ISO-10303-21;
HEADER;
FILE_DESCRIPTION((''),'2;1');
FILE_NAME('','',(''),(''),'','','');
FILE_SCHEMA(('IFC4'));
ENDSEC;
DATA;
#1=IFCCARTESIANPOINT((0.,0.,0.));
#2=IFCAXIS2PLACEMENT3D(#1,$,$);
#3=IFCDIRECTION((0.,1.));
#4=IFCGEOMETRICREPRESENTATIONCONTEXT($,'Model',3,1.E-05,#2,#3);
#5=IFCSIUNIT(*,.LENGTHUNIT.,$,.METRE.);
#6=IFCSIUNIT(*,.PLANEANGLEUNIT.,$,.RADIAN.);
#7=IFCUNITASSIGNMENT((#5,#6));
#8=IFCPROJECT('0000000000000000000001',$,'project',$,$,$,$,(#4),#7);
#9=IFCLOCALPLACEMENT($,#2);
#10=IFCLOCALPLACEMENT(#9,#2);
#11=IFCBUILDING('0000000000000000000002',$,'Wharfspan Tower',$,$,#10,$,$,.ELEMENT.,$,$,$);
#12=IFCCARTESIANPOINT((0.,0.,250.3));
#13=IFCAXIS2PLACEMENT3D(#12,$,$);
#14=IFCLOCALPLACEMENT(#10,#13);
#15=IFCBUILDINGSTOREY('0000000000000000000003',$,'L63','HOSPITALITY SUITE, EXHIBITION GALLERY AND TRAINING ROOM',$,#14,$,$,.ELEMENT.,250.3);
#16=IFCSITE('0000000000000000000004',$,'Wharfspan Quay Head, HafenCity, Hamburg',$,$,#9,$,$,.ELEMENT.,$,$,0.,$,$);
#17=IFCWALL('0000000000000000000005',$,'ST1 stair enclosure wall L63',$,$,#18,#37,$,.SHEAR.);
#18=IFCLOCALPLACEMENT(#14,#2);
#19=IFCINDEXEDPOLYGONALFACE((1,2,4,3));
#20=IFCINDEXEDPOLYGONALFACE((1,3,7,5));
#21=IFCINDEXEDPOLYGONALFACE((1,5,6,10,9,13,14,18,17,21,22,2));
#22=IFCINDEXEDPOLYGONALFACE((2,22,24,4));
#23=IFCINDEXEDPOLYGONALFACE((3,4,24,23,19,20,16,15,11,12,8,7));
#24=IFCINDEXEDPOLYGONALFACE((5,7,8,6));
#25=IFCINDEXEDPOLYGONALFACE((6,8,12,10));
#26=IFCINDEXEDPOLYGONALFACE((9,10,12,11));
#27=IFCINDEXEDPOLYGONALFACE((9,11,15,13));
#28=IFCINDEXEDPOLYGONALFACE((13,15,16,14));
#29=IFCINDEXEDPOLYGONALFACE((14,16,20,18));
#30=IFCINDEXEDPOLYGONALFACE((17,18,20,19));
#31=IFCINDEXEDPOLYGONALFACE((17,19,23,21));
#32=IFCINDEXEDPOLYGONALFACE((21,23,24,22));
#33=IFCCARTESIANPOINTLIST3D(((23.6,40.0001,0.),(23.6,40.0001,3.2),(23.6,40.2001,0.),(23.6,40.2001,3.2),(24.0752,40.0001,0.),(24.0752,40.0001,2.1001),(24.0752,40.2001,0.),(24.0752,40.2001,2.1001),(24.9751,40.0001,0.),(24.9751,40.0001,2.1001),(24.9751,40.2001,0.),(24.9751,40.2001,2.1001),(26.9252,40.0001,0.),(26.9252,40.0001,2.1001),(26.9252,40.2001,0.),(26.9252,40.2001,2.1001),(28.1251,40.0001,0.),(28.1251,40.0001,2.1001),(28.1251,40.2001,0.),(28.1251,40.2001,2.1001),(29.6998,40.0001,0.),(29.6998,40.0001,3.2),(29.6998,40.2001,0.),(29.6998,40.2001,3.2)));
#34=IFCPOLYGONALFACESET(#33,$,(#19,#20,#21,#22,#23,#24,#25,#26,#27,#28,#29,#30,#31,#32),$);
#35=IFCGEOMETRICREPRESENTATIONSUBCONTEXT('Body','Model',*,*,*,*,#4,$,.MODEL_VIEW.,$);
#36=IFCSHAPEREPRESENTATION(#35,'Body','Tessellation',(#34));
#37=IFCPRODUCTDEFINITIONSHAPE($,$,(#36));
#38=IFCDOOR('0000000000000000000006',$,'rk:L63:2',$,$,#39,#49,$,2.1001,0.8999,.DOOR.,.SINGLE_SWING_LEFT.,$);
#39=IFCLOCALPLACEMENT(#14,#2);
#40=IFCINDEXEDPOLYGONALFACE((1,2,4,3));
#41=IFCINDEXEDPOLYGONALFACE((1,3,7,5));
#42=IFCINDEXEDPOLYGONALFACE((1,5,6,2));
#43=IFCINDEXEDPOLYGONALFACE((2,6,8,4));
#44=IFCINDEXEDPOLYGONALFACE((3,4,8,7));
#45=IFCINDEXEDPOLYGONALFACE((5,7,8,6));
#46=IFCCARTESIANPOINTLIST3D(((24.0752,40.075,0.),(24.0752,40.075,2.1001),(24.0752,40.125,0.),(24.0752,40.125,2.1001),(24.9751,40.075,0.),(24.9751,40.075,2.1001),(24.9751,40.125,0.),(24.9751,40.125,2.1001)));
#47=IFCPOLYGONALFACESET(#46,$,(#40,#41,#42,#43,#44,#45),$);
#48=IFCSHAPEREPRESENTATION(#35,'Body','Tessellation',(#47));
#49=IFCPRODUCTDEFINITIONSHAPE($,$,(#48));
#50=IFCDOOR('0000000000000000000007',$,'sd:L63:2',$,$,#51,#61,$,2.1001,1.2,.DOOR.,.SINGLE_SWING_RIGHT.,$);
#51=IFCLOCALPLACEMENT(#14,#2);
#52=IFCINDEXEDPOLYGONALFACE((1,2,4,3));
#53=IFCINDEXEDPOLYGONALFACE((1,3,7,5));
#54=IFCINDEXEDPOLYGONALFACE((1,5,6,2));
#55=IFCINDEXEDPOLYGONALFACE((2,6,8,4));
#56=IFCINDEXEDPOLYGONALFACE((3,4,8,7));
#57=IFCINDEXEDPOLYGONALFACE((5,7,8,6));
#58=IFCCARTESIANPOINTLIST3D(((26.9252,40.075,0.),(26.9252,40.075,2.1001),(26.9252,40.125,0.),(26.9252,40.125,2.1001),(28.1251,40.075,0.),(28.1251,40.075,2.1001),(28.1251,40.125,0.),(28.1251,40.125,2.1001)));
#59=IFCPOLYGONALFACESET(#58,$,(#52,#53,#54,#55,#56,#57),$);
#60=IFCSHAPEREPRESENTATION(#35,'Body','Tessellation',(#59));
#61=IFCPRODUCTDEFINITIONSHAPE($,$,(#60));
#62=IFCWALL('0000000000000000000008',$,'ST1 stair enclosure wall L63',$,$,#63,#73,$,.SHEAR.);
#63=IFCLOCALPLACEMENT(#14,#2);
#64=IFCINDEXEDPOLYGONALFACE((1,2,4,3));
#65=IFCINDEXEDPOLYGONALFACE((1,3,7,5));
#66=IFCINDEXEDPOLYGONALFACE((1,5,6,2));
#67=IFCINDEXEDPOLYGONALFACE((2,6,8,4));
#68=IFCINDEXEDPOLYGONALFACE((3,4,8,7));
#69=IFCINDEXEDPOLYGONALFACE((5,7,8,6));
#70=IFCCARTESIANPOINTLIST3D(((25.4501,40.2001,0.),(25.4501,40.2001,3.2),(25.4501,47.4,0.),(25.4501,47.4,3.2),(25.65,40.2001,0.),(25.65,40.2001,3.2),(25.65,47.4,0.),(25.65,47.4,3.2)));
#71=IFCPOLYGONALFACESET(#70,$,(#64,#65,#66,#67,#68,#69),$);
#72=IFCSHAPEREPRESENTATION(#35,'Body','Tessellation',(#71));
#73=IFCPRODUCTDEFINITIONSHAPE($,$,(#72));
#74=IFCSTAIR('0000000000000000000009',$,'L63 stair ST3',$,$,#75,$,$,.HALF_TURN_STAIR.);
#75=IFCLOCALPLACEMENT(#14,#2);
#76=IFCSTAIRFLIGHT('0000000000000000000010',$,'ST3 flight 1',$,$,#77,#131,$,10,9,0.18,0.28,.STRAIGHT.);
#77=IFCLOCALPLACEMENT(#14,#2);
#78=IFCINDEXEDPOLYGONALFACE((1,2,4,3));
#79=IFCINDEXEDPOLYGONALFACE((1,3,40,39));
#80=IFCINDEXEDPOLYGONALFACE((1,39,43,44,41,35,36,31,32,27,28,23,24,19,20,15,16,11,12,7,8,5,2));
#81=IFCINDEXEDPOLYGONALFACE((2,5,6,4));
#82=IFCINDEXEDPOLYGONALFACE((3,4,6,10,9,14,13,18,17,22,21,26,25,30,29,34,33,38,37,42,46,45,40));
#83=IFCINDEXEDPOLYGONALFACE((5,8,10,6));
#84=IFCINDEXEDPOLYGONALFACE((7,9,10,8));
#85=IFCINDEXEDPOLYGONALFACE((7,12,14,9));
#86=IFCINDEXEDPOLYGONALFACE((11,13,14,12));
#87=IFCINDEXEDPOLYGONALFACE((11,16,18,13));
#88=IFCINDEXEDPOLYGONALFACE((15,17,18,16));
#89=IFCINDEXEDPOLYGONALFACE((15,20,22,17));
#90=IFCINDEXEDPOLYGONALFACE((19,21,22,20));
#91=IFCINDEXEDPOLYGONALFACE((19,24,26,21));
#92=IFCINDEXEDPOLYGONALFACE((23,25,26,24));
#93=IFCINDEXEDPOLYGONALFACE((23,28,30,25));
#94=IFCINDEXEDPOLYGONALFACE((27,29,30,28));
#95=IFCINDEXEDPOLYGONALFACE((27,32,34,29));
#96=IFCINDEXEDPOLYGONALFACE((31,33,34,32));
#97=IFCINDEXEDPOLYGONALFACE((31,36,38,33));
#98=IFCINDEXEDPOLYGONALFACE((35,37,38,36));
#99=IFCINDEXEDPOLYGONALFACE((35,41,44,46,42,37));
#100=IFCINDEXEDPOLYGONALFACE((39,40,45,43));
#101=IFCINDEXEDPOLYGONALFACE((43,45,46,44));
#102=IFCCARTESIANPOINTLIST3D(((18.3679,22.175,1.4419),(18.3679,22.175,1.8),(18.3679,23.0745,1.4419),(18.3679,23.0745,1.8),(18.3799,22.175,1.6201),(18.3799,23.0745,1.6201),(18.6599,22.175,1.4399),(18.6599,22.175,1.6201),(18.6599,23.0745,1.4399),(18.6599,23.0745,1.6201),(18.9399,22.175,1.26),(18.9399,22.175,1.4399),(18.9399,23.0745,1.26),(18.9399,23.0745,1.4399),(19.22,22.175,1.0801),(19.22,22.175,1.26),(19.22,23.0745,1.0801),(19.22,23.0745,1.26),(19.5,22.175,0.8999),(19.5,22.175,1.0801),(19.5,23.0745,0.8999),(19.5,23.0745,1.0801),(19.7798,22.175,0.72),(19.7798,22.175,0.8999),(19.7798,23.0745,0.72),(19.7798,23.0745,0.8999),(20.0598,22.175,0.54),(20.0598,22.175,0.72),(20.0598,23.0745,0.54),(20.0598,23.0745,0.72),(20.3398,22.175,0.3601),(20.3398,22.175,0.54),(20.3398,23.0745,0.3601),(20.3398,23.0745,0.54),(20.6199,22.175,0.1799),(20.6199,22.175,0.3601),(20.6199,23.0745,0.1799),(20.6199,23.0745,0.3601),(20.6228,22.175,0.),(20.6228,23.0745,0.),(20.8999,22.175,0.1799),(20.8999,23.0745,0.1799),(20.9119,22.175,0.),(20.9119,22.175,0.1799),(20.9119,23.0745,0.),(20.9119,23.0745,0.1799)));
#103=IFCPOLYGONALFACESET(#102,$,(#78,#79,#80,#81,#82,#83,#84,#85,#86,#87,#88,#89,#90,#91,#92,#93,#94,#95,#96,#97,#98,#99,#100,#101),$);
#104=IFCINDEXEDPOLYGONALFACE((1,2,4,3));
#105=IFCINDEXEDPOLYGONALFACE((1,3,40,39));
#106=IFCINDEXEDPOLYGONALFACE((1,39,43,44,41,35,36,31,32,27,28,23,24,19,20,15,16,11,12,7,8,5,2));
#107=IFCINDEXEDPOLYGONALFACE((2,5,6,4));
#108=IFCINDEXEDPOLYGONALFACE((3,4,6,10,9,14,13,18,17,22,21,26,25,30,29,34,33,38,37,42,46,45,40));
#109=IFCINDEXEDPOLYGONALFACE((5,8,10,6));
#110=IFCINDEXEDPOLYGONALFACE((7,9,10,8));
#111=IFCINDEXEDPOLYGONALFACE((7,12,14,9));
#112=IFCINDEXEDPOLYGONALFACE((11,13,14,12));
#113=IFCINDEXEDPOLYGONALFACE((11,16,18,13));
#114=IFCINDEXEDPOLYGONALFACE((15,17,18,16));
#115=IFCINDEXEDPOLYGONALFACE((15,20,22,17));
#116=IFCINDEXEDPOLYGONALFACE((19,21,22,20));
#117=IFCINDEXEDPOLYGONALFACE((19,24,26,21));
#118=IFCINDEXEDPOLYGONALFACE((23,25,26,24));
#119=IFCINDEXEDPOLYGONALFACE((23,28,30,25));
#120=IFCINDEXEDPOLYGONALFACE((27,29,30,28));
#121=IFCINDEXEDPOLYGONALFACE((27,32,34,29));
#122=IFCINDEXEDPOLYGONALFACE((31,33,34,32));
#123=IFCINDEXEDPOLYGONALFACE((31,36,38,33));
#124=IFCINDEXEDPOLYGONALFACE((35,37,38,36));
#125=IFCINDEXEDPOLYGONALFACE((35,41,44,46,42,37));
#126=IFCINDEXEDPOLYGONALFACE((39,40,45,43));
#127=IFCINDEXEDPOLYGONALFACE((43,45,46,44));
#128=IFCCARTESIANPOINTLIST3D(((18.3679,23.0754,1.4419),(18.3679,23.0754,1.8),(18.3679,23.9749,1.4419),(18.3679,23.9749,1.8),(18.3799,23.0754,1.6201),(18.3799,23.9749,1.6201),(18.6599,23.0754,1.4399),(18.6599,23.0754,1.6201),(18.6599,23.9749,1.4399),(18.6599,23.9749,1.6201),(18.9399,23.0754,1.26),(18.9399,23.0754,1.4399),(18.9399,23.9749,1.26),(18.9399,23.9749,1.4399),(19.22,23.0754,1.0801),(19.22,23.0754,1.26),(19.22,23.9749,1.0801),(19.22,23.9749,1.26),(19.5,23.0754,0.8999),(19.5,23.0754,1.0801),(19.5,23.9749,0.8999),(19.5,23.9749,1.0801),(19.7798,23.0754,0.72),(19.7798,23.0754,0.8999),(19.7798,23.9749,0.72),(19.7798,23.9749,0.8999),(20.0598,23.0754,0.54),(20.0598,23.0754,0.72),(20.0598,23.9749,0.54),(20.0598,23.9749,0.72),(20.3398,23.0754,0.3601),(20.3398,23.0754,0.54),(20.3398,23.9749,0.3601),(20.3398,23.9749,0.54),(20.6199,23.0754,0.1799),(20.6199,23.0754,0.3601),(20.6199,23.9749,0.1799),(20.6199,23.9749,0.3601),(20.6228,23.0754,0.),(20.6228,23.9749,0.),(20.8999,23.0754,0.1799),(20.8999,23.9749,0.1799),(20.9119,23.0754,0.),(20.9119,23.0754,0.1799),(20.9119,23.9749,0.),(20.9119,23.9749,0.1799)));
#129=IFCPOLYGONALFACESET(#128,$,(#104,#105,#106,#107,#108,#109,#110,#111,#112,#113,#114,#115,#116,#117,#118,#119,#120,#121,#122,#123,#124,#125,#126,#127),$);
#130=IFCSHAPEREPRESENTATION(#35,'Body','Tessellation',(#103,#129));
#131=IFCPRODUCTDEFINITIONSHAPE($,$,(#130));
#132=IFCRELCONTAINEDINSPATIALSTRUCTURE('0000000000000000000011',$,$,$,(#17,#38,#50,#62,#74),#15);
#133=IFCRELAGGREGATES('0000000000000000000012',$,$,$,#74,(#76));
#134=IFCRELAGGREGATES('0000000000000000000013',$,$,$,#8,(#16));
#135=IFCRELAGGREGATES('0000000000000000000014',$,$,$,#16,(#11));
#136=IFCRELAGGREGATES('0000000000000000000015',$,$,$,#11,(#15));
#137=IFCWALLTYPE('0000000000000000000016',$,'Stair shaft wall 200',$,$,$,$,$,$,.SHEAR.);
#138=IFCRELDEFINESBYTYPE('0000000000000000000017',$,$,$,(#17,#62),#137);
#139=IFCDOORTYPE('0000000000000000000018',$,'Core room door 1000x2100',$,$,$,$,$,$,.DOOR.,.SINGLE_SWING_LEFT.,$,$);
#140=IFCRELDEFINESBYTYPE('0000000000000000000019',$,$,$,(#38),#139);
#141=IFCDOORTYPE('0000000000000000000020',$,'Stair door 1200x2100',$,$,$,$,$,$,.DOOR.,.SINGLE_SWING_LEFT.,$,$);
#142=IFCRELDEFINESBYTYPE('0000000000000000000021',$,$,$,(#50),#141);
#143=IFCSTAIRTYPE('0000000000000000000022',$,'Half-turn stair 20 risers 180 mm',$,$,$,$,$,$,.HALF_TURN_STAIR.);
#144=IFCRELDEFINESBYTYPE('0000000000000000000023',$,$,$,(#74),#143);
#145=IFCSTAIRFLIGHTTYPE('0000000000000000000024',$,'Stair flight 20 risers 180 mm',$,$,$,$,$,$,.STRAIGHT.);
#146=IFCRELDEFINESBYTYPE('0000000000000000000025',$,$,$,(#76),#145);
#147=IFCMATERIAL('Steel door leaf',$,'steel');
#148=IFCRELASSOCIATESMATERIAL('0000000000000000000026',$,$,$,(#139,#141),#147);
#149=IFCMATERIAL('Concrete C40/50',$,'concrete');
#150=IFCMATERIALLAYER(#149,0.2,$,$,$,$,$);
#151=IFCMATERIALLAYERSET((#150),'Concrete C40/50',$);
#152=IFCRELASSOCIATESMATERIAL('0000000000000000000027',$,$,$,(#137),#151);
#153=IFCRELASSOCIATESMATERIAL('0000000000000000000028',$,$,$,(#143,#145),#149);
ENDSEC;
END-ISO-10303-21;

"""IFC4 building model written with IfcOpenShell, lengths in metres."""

from ifc_helpers import new_model, si_unit, direction, frame, frame_2d, origin, place, context, subcontext, project, spatial, polyline, rectangle, outline, extrude, material, layer, layer_set, type_object, element, fill, aggregate, save


model = new_model("IFC4")

# Units and contexts
model_context = context("Model", 3, precision=1e-05, world=origin(), true_north=direction((0.0, 1.0)))
body_context = subcontext(model_context, "Body", "Model", "MODEL_VIEW")
ifc_project = project(units=[si_unit("LENGTHUNIT", "METRE"), si_unit("PLANEANGLEUNIT", "RADIAN")], contexts=[model_context])

# Site, building, storey
site_placement = place(None, origin())
site = spatial("IfcSite", under=ifc_project, at=site_placement, Name="Wharfspan Quay Head, HafenCity, Hamburg", CompositionType="ELEMENT", RefElevation=0.0)
building_placement = place(site_placement, origin())
building = spatial("IfcBuilding", under=site, at=building_placement, Name="Wharfspan Tower", CompositionType="ELEMENT")
storey_placement = place(building_placement, frame((0.0, 0.0, 250.3)))
storey = spatial("IfcBuildingStorey", under=building, at=storey_placement, Name="L63", Description="HOSPITALITY SUITE, EXHIBITION GALLERY AND TRAINING ROOM", CompositionType="ELEMENT", Elevation=250.3)

# Shared definitions
ifc_material_1 = material(Name="Steel door leaf", Category="steel")
door_type_1 = type_object("IfcDoorType", Name="Core room door 1000x2100", OperationType="SINGLE_SWING_LEFT", PredefinedType="DOOR", material=ifc_material_1)
door_type_2 = type_object("IfcDoorType", Name="Stair door 1200x2100", OperationType="SINGLE_SWING_LEFT", PredefinedType="DOOR", material=ifc_material_1)

# Wall, openings, doors
ifc_material_2 = material(Name="Concrete C40/50", Category="concrete")
ifc_layer_1 = layer(ifc_material_2, 0.2)
ifc_layer_set_1 = layer_set([ifc_layer_1], Name="Concrete C40/50")
wall_type_1 = type_object("IfcWallType", Name="Stair shaft wall 200", PredefinedType="SHEAR", material=ifc_layer_set_1)
wall_1_placement = place(storey_placement, frame((23.6001, 40.1001, 0.0), z_axis=(0.0, 0.0, 1.0), x_axis=(1.0, 0.0, 0.0)))
wall_1 = element("IfcWall", 1, at=wall_1_placement, inside=storey, type_object=wall_type_1, Name="ST1 stair enclosure wall L63", PredefinedType="SHEAR", context=body_context, shape_type="SweptSolid", body=[
    extrude(rectangle(XDim=6.0999, YDim=0.2, at=frame_2d((3.0498, 0.0))), origin(), (0.0, 0.0, 1.0), 3.2),
])
opening_1_placement = place(wall_1_placement, frame((3.325, 0.0, 0.0)))
opening_1 = element("IfcOpeningElement", 2, at=opening_1_placement, cuts=wall_1, PredefinedType="OPENING", context=body_context, shape_type="SweptSolid", body=[
    extrude(rectangle(XDim=1.2, YDim=2.1001, at=frame_2d((0.6001, 1.05))), frame((0.0, 0.1099, 0.0), z_axis=(0.0, -1.0, 0.0), x_axis=(1.0, 0.0, 0.0)), (0.0, 0.0, 1.0), 0.22),
])
opening_2_placement = place(wall_1_placement, frame((0.4751, 0.0, 0.0)))
opening_2 = element("IfcOpeningElement", 3, at=opening_2_placement, cuts=wall_1, PredefinedType="OPENING", context=body_context, shape_type="SweptSolid", body=[
    extrude(rectangle(XDim=0.8999, YDim=2.1001, at=frame_2d((0.45, 1.05))), frame((0.0, 0.1099, 0.0), z_axis=(0.0, -1.0, 0.0), x_axis=(1.0, 0.0, 0.0)), (0.0, 0.0, 1.0), 0.22),
])
door_1_placement = place(opening_2_placement, origin())
door_1 = element("IfcDoor", 4, at=door_1_placement, inside=storey, type_object=door_type_1, Name="rk:L63:2", OperationType="SINGLE_SWING_LEFT", OverallHeight=2.1001, OverallWidth=0.8999, PredefinedType="DOOR", context=body_context, shape_type="SweptSolid", body=[
    extrude(rectangle(XDim=0.8999, YDim=2.1001, at=frame_2d((0.45, 1.05))), frame((0.0, 0.0249, 0.0), z_axis=(0.0, -1.0, 0.0), x_axis=(1.0, 0.0, 0.0)), (0.0, 0.0, 1.0), 0.05),
])
fill(opening_2, door_1)
door_2_placement = place(opening_1_placement, origin())
door_2 = element("IfcDoor", 5, at=door_2_placement, inside=storey, type_object=door_type_2, Name="sd:L63:2", OperationType="SINGLE_SWING_RIGHT", OverallHeight=2.1001, OverallWidth=1.2, PredefinedType="DOOR", context=body_context, shape_type="SweptSolid", body=[
    extrude(rectangle(XDim=1.2, YDim=2.1001, at=frame_2d((0.6001, 1.05))), frame((0.0, 0.0249, 0.0), z_axis=(0.0, -1.0, 0.0), x_axis=(1.0, 0.0, 0.0)), (0.0, 0.0, 1.0), 0.05),
])
fill(opening_1, door_2)

# Wall
wall_2_placement = place(storey_placement, frame((25.55, 40.2, 0.0), z_axis=(0.0, 0.0, 1.0), x_axis=(0.0, 1.0, 0.0)))
element("IfcWall", 6, at=wall_2_placement, inside=storey, type_object=wall_type_1, Name="ST1 stair enclosure wall L63", PredefinedType="SHEAR", context=body_context, shape_type="SweptSolid", body=[
    extrude(rectangle(XDim=7.2, YDim=0.2, at=frame_2d((3.6001, 0.0))), origin(), (0.0, 0.0, 1.0), 3.2),
])

# Stair, stair flight
stair_type = type_object("IfcStairType", Name="Half-turn stair 20 risers 180 mm", PredefinedType="HALF_TURN_STAIR", material=ifc_material_2)
stair_placement = place(storey_placement, origin())
stair = element("IfcStair", 7, at=stair_placement, inside=storey, type_object=stair_type, Name="L63 stair ST3", PredefinedType="HALF_TURN_STAIR")
stair_flight_type = type_object("IfcStairFlightType", Name="Stair flight 20 risers 180 mm", PredefinedType="STRAIGHT", material=ifc_material_2)
stair_flight_placement = place(storey_placement, frame((20.8999, 23.075, 0.0), z_axis=(0.0, 0.0, 1.0), x_axis=(-1.0, 0.0, 0.0)))
stair_flight = element("IfcStairFlight", 8, at=stair_flight_placement, type_object=stair_flight_type, Name="ST3 flight 1", NumberOfRisers=10, NumberOfTreads=9, PredefinedType="STRAIGHT", RiserHeight=0.18, TreadLength=0.28, context=body_context, shape_type="SweptSolid", body=[
    extrude(outline(polyline([(-0.012, 0.0), (-0.012, 0.1799), (0.0, 0.1799), (0.28, 0.1799), (0.28, 0.3601), (0.5601, 0.3601), (0.5601, 0.54), (0.8401, 0.54), (0.8401, 0.72), (1.1201, 0.72), (1.1201, 0.8999), (1.3999, 0.8999), (1.3999, 1.0801), (1.6799, 1.0801), (1.6799, 1.26), (1.96, 1.26), (1.96, 1.4399), (2.24, 1.4399), (2.24, 1.6201), (2.52, 1.6201), (2.532, 1.8), (2.532, 1.4419), (0.2771, 0.0), (-0.012, 0.0)])), frame((0.0, 0.8999, 0.0), z_axis=(0.0, -1.0, 0.0), x_axis=(1.0, 0.0, 0.0)), (0.0, 0.0, 1.0), 0.8994),
    extrude(outline(polyline([(-0.012, 0.0), (-0.012, 0.1799), (0.0, 0.1799), (0.28, 0.1799), (0.28, 0.3601), (0.5601, 0.3601), (0.5601, 0.54), (0.8401, 0.54), (0.8401, 0.72), (1.1201, 0.72), (1.1201, 0.8999), (1.3999, 0.8999), (1.3999, 1.0801), (1.6799, 1.0801), (1.6799, 1.26), (1.96, 1.26), (1.96, 1.4399), (2.24, 1.4399), (2.24, 1.6201), (2.52, 1.6201), (2.532, 1.8), (2.532, 1.4419), (0.2771, 0.0), (-0.012, 0.0)])), frame((0.0, -0.0005, 0.0), z_axis=(0.0, -1.0, 0.0), x_axis=(1.0, 0.0, 0.0)), (0.0, 0.0, 1.0), 0.8994),
])
aggregate(stair, [stair_flight])

save(model, "model.ifc")
